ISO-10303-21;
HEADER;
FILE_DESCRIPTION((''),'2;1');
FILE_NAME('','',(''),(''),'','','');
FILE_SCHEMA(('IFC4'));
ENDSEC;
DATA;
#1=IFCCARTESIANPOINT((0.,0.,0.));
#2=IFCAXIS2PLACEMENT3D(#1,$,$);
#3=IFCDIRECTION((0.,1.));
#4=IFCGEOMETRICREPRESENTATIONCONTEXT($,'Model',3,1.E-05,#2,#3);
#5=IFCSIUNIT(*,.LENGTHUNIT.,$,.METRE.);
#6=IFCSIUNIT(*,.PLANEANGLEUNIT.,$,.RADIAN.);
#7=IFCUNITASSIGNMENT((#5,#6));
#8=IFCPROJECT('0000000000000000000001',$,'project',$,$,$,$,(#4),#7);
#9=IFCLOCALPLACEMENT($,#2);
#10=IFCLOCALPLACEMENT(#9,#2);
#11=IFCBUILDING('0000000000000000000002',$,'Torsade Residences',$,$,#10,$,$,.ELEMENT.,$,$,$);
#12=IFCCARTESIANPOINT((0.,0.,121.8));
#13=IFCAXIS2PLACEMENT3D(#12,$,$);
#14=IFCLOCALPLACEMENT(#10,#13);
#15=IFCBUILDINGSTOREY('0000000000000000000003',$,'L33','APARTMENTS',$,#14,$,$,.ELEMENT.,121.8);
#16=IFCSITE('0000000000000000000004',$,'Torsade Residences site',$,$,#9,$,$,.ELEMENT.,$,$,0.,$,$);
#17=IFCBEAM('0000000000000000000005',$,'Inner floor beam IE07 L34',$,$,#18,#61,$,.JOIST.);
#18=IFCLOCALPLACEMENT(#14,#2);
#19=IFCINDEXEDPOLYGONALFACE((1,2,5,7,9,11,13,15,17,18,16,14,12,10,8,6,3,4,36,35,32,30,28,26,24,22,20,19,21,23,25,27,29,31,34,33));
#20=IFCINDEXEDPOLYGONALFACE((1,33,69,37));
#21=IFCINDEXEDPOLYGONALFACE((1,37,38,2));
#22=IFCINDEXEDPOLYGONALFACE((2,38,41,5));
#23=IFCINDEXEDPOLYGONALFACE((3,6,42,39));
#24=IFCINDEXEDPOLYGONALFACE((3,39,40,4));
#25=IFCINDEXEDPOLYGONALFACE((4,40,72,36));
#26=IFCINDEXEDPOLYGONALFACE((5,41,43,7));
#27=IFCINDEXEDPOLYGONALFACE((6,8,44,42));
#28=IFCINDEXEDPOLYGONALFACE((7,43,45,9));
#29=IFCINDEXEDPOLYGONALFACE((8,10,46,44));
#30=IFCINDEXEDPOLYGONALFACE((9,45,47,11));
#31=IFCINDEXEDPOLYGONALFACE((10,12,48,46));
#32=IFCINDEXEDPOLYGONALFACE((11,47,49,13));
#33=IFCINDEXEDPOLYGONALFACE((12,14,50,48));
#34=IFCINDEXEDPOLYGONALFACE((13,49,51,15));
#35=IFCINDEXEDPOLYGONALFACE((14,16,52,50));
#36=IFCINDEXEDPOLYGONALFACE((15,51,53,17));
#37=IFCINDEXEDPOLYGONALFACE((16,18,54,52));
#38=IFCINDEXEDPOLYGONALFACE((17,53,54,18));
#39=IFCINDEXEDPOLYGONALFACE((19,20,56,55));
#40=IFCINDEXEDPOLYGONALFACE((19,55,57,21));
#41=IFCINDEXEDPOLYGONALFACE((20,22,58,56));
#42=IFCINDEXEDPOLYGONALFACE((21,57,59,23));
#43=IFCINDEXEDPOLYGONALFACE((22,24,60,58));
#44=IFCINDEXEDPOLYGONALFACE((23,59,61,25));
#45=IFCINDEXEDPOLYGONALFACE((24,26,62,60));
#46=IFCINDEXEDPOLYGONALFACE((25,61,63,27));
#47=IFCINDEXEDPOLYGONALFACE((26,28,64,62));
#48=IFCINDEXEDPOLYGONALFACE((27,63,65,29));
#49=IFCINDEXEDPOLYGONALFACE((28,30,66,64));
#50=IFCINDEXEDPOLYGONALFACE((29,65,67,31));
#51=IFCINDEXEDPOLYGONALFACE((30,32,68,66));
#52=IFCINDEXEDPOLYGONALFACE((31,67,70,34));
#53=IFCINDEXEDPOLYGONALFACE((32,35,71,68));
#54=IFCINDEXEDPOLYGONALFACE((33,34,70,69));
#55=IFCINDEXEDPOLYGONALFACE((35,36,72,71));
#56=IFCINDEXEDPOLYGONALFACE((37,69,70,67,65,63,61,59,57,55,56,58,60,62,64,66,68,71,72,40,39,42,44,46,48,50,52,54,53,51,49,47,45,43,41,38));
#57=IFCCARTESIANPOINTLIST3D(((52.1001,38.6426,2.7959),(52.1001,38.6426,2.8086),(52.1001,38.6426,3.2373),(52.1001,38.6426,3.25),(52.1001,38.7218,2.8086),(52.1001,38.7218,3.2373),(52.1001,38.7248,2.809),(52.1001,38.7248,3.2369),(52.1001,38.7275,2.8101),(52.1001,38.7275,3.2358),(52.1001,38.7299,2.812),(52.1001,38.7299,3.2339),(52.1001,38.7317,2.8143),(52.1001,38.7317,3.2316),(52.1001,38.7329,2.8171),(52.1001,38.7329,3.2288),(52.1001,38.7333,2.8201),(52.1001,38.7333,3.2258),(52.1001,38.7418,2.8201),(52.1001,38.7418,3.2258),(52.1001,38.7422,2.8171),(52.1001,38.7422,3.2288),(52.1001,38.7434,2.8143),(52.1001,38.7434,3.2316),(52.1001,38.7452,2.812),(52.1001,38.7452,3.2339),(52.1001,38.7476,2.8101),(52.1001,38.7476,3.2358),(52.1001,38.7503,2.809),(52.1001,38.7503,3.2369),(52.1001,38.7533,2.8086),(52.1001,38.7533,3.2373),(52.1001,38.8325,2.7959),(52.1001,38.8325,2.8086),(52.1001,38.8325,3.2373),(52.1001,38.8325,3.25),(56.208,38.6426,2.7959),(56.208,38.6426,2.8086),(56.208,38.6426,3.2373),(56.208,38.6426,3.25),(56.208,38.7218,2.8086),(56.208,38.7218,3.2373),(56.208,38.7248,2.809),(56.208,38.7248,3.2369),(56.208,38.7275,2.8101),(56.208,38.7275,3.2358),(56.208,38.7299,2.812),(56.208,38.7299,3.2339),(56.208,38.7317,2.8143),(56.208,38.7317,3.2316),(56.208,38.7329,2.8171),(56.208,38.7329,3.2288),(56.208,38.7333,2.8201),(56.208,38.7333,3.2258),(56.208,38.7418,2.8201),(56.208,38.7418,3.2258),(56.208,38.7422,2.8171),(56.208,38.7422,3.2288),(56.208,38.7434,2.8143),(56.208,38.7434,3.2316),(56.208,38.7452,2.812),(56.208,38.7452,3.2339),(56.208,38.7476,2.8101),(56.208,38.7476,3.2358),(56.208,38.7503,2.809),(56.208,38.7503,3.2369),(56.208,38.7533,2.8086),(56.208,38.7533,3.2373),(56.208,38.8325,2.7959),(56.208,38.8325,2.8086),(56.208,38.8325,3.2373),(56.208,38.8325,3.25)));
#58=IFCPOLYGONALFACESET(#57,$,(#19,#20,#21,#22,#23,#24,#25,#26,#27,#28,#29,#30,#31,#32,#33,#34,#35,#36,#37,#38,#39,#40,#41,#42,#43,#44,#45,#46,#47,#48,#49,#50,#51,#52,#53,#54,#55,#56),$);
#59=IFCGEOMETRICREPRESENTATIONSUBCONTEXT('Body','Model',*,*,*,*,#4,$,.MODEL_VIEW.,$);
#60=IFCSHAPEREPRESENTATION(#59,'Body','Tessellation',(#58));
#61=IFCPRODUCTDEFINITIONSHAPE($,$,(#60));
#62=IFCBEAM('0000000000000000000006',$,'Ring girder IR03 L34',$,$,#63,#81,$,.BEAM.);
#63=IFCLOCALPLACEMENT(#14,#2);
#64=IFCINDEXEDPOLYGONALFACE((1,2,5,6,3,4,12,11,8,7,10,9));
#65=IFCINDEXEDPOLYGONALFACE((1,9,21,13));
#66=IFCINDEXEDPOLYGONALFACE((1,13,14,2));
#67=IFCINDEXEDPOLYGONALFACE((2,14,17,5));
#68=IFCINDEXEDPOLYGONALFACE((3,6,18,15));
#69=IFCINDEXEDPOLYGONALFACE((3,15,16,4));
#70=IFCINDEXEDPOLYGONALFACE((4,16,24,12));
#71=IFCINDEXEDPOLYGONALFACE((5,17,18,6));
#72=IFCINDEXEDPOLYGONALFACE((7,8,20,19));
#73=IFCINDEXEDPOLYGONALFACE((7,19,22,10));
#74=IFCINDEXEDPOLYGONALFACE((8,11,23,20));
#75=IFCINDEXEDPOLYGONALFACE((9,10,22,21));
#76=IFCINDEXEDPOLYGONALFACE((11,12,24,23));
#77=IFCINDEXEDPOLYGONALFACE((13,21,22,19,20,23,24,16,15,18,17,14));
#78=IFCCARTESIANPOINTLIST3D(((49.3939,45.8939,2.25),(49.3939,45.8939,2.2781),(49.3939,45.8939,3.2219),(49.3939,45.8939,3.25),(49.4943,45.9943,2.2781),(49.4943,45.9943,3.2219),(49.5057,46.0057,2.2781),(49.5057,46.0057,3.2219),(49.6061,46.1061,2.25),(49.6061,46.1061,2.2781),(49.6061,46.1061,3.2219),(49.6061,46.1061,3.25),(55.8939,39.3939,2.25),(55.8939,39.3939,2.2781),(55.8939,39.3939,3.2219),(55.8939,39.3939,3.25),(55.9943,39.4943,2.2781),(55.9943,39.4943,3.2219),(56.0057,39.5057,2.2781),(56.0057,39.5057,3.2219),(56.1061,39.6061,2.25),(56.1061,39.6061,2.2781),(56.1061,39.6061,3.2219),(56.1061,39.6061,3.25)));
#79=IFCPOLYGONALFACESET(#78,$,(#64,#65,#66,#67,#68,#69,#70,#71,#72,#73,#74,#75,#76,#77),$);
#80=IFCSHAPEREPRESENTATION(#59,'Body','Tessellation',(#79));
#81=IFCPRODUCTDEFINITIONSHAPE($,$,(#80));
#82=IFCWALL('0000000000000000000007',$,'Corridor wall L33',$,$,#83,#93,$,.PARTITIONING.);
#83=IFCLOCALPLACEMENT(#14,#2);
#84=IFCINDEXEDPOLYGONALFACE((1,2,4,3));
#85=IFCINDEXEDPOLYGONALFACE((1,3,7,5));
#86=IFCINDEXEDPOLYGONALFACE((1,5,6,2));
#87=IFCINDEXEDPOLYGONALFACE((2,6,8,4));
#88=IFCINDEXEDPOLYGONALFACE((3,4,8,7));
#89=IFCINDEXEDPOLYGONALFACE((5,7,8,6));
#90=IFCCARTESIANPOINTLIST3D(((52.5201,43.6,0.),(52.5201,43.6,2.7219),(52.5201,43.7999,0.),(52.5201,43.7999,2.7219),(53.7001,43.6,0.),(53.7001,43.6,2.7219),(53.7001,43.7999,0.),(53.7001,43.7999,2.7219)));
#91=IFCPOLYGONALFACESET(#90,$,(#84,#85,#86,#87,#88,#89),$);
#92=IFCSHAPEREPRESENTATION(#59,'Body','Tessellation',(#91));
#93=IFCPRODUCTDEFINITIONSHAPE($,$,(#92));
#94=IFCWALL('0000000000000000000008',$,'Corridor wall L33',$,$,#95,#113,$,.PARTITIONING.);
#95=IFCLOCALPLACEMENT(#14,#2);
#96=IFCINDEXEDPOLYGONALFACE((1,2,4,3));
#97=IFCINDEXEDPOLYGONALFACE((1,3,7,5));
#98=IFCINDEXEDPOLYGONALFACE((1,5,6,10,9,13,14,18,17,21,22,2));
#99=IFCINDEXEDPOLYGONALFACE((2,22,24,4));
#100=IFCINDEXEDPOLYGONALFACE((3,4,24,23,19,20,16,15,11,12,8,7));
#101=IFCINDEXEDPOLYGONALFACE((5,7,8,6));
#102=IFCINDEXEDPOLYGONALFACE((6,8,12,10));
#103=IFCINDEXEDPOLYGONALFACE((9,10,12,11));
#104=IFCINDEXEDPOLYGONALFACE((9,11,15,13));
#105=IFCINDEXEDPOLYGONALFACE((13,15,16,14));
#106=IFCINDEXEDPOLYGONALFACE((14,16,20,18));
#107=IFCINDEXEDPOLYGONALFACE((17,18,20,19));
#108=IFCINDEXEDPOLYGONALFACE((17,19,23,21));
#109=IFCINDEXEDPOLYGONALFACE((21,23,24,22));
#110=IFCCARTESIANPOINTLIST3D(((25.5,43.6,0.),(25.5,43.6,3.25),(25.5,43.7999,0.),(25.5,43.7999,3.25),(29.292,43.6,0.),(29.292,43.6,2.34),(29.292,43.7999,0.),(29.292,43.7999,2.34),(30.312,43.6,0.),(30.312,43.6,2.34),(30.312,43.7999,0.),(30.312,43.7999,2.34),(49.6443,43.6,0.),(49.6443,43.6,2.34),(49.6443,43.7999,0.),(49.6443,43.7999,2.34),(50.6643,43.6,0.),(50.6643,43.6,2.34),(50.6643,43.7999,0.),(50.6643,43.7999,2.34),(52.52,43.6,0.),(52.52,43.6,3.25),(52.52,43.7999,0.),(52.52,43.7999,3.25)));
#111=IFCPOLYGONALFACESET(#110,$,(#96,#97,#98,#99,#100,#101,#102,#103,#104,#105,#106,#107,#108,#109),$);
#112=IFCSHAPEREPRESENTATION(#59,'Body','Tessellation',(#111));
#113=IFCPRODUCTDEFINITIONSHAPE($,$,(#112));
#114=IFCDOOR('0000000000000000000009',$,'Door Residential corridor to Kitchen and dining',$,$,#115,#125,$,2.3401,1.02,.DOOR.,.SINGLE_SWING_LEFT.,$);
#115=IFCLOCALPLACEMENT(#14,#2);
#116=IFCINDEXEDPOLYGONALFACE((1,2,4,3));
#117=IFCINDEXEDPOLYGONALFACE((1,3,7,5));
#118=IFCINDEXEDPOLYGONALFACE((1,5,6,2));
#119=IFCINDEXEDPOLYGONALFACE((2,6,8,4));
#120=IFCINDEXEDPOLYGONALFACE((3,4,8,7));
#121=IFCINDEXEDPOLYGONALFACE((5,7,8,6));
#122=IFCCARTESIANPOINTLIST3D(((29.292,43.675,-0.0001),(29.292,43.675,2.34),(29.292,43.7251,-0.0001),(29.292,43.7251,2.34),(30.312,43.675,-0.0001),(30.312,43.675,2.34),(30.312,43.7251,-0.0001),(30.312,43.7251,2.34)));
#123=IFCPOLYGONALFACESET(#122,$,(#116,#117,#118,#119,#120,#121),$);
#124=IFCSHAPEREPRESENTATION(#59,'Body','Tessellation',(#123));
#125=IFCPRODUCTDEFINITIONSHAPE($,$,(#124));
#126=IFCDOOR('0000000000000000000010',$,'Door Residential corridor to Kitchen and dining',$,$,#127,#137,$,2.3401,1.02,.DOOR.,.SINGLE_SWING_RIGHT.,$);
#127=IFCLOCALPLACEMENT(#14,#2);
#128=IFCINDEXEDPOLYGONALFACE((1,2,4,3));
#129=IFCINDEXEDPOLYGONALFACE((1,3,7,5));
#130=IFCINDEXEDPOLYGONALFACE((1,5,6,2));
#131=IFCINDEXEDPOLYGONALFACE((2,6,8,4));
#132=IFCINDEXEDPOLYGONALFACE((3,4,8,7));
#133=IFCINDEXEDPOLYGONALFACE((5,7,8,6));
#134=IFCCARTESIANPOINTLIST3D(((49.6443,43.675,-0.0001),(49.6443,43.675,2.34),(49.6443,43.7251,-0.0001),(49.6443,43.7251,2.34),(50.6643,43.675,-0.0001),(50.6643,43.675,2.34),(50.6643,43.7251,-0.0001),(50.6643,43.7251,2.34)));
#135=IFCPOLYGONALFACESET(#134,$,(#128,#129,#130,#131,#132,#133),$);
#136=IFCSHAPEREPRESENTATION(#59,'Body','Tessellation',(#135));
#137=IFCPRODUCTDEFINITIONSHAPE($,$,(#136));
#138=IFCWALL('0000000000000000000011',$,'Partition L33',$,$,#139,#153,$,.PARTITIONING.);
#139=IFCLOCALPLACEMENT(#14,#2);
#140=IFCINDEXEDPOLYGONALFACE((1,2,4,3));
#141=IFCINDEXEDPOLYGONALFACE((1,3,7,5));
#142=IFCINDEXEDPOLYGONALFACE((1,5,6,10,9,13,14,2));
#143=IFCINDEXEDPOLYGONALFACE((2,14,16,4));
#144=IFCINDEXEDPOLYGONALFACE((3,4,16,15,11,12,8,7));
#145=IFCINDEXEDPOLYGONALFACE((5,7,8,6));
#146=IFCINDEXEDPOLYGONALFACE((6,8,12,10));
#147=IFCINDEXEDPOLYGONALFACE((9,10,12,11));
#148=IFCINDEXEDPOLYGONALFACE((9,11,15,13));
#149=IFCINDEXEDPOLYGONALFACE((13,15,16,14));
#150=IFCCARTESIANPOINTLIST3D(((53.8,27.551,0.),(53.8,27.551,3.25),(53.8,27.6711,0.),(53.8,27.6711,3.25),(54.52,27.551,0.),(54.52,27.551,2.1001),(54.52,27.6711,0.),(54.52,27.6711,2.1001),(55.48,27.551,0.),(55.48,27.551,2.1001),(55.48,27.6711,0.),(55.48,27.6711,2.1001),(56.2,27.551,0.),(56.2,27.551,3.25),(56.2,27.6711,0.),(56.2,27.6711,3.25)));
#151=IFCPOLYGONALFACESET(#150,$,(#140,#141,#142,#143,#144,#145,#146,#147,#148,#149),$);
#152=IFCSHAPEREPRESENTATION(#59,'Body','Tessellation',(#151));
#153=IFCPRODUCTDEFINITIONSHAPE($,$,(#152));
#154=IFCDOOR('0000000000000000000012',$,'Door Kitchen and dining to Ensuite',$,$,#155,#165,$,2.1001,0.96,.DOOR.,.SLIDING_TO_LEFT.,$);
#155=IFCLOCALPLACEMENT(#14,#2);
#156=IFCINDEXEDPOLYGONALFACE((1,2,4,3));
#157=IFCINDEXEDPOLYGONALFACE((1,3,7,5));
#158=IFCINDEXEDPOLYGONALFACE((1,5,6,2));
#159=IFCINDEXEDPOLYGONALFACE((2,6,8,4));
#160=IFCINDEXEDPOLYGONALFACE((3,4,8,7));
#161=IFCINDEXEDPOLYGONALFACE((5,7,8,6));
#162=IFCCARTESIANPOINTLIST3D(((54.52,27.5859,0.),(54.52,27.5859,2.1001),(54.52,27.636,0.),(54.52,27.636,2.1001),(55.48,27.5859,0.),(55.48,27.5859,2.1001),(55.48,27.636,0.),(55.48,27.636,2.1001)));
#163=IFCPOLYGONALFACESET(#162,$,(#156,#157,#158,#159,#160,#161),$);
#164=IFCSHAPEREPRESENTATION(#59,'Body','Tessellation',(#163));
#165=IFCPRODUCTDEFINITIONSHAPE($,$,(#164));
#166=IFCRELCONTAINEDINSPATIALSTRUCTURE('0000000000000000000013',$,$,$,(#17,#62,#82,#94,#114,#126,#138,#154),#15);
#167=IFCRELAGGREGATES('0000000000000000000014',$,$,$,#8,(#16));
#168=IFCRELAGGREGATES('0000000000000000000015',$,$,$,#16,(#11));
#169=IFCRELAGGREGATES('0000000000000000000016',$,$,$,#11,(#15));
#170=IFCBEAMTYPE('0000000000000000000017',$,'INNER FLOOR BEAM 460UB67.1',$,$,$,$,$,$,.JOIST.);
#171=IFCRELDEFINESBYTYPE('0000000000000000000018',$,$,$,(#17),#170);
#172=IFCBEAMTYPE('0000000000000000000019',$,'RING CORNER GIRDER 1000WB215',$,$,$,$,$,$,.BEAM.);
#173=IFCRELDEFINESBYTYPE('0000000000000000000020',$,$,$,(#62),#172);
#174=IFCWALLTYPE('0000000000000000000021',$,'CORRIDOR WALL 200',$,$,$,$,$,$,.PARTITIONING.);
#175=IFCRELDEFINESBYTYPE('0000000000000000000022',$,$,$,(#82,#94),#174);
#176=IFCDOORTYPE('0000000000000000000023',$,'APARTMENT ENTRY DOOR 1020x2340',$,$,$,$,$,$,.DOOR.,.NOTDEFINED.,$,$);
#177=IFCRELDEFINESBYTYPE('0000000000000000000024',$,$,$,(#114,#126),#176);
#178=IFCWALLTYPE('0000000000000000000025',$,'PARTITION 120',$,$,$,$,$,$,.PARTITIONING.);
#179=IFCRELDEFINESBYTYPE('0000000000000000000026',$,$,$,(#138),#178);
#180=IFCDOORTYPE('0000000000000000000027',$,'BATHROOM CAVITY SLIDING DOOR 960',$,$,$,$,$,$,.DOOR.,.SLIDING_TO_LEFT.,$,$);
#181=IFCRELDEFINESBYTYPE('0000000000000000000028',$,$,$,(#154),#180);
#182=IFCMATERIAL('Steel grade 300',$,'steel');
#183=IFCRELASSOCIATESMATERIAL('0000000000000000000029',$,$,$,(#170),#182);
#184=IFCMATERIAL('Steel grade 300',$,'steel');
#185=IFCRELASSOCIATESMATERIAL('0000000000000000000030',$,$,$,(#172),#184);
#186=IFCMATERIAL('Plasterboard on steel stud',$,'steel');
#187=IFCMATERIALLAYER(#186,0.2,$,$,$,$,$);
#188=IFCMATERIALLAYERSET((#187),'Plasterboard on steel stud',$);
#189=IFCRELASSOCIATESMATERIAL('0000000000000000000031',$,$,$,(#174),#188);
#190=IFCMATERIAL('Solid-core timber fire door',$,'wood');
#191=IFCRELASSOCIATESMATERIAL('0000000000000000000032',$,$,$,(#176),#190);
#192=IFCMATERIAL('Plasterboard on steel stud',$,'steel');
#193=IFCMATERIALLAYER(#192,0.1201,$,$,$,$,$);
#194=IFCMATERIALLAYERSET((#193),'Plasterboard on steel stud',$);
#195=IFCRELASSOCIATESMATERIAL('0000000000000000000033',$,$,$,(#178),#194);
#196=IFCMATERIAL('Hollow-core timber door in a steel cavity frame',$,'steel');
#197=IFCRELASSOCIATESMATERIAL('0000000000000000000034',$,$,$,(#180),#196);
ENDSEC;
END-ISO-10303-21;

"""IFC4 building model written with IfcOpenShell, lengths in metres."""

from ifc_helpers import new_model, si_unit, direction, frame, frame_2d, origin, origin_2d, place, context, subcontext, project, spatial, rectangle, i_section, extrude, material, layer, layer_set, material_profile, profile_set, type_object, element, fill, save


model = new_model("IFC4")

# Units and contexts
model_context = context("Model", 3, precision=1e-05, world=origin(), true_north=direction((0.0, 1.0)))
body_context = subcontext(model_context, "Body", "Model", "MODEL_VIEW")
ifc_project = project(units=[si_unit("LENGTHUNIT", "METRE"), si_unit("PLANEANGLEUNIT", "RADIAN")], contexts=[model_context])

# Site, building, storey
site_placement = place(None, origin())
site = spatial("IfcSite", under=ifc_project, at=site_placement, Name="Torsade Residences site", CompositionType="ELEMENT", RefElevation=0.0)
building_placement = place(site_placement, origin())
building = spatial("IfcBuilding", under=site, at=building_placement, Name="Torsade Residences", CompositionType="ELEMENT")
storey_placement = place(building_placement, frame((0.0, 0.0, 121.8)))
storey = spatial("IfcBuildingStorey", under=building, at=storey_placement, Name="L33", Description="APARTMENTS", CompositionType="ELEMENT", Elevation=121.8)

# Beams
ifc_material_1 = material(Name="Steel grade 300", Category="steel")
ifc_material_profile_1 = material_profile(ifc_material_1, i_section(OverallWidth=0.1899, OverallDepth=0.4541, WebThickness=0.0085, FlangeThickness=0.0127, FilletRadius=0.0115, at=origin_2d()), Name="460UB67.1")
ifc_profile_set_1 = profile_set([ifc_material_profile_1], Name="Steel grade 300")
beam_type_1 = type_object("IfcBeamType", Name="INNER FLOOR BEAM 460UB67.1", PredefinedType="JOIST", material=ifc_profile_set_1)
beam_1_placement = place(storey_placement, frame((52.1001, 38.7375, 3.0229), z_axis=(1.0, 0.0, 0.0), x_axis=(0.0, 1.0, 0.0)))
element("IfcBeam", 1, at=beam_1_placement, inside=storey, type_object=beam_type_1, Name="Inner floor beam IE07 L34", PredefinedType="JOIST", context=body_context, shape_type="SweptSolid", body=[
    extrude(i_section(OverallWidth=0.1899, OverallDepth=0.4541, WebThickness=0.0085, FlangeThickness=0.0127, FilletRadius=0.0115, at=origin_2d()), origin(), (0.0, 0.0, 1.0), 4.1079),
])
ifc_material_2 = material(Name="Steel grade 300", Category="steel")
ifc_material_profile_2 = material_profile(ifc_material_2, i_section(OverallWidth=0.3, OverallDepth=1.0, WebThickness=0.0161, FlangeThickness=0.0281, at=origin_2d()), Name="1000WB215")
ifc_profile_set_2 = profile_set([ifc_material_profile_2], Name="Steel grade 300")
beam_type_2 = type_object("IfcBeamType", Name="RING CORNER GIRDER 1000WB215", PredefinedType="BEAM", material=ifc_profile_set_2)
beam_2_placement = place(storey_placement, frame((56.0, 39.5, 2.75), z_axis=(-0.707107, 0.707107, 0.0), x_axis=(-0.707107, -0.707107, 0.0)))
element("IfcBeam", 2, at=beam_2_placement, inside=storey, type_object=beam_type_2, Name="Ring girder IR03 L34", PredefinedType="BEAM", context=body_context, shape_type="SweptSolid", body=[
    extrude(i_section(OverallWidth=0.3, OverallDepth=1.0, WebThickness=0.0161, FlangeThickness=0.0281, at=origin_2d()), origin(), (0.0, 0.0, 1.0), 9.1924),
])

# Wall
ifc_material_3 = material(Name="Plasterboard on steel stud", Category="steel")
ifc_layer_1 = layer(ifc_material_3, 0.2)
ifc_layer_set_1 = layer_set([ifc_layer_1], Name="Plasterboard on steel stud")
wall_type_1 = type_object("IfcWallType", Name="CORRIDOR WALL 200", PredefinedType="PARTITIONING", material=ifc_layer_set_1)
wall_1_placement = place(storey_placement, frame((53.7, 43.7, 0.0), z_axis=(0.0, 0.0, 1.0), x_axis=(-1.0, 0.0, 0.0)))
element("IfcWall", 3, at=wall_1_placement, inside=storey, type_object=wall_type_1, Name="Corridor wall L33", PredefinedType="PARTITIONING", context=body_context, shape_type="SweptSolid", body=[
    extrude(rectangle(XDim=1.1799, YDim=0.2, at=frame_2d((0.5898, 0.0))), origin(), (0.0, 0.0, 1.0), 2.7219),
])

# Wall, openings, doors
wall_2_placement = place(storey_placement, frame((52.52, 43.7, 0.0), z_axis=(0.0, 0.0, 1.0), x_axis=(-1.0, 0.0, 0.0)))
wall_2 = element("IfcWall", 4, at=wall_2_placement, inside=storey, type_object=wall_type_1, Name="Corridor wall L33", PredefinedType="PARTITIONING", context=body_context, shape_type="SweptSolid", body=[
    extrude(rectangle(XDim=27.02, YDim=0.2, at=frame_2d((13.51, 0.0))), origin(), (0.0, 0.0, 1.0), 3.25),
])
opening_1_placement = place(wall_2_placement, frame((22.208, 0.0, 0.0)))
opening_1 = element("IfcOpeningElement", 5, at=opening_1_placement, cuts=wall_2, PredefinedType="OPENING", context=body_context, shape_type="SweptSolid", body=[
    extrude(rectangle(XDim=1.02, YDim=2.3401, at=frame_2d((0.51, 1.1699))), frame((0.0, 0.1099, 0.0), z_axis=(0.0, -1.0, 0.0), x_axis=(1.0, 0.0, 0.0)), (0.0, 0.0, 1.0), 0.22),
])
opening_2_placement = place(wall_2_placement, frame((1.8557, 0.0, 0.0)))
opening_2 = element("IfcOpeningElement", 6, at=opening_2_placement, cuts=wall_2, PredefinedType="OPENING", context=body_context, shape_type="SweptSolid", body=[
    extrude(rectangle(XDim=1.02, YDim=2.3401, at=frame_2d((0.51, 1.1699))), frame((0.0, 0.1099, 0.0), z_axis=(0.0, -1.0, 0.0), x_axis=(1.0, 0.0, 0.0)), (0.0, 0.0, 1.0), 0.22),
])
ifc_material_4 = material(Name="Solid-core timber fire door", Category="wood")
door_type_1 = type_object("IfcDoorType", Name="APARTMENT ENTRY DOOR 1020x2340", OperationType="NOTDEFINED", PredefinedType="DOOR", material=ifc_material_4)
door_1_placement = place(opening_1_placement, origin())
door_1 = element("IfcDoor", 7, at=door_1_placement, inside=storey, type_object=door_type_1, Name="Door Residential corridor to Kitchen and dining", OperationType="SINGLE_SWING_LEFT", OverallHeight=2.3401, OverallWidth=1.02, PredefinedType="DOOR", context=body_context, shape_type="SweptSolid", body=[
    extrude(rectangle(XDim=1.02, YDim=2.3401, at=frame_2d((0.51, 1.1699))), frame((0.0, 0.0249, 0.0), z_axis=(0.0, -1.0, 0.0), x_axis=(1.0, 0.0, 0.0)), (0.0, 0.0, 1.0), 0.05),
])
fill(opening_1, door_1)
door_2_placement = place(opening_2_placement, origin())
door_2 = element("IfcDoor", 8, at=door_2_placement, inside=storey, type_object=door_type_1, Name="Door Residential corridor to Kitchen and dining", OperationType="SINGLE_SWING_RIGHT", OverallHeight=2.3401, OverallWidth=1.02, PredefinedType="DOOR", context=body_context, shape_type="SweptSolid", body=[
    extrude(rectangle(XDim=1.02, YDim=2.3401, at=frame_2d((0.51, 1.1699))), frame((0.0, 0.0249, 0.0), z_axis=(0.0, -1.0, 0.0), x_axis=(1.0, 0.0, 0.0)), (0.0, 0.0, 1.0), 0.05),
])
fill(opening_2, door_2)

# Wall, opening, door
ifc_material_5 = material(Name="Plasterboard on steel stud", Category="steel")
ifc_layer_2 = layer(ifc_material_5, 0.1201)
ifc_layer_set_2 = layer_set([ifc_layer_2], Name="Plasterboard on steel stud")
wall_type_2 = type_object("IfcWallType", Name="PARTITION 120", PredefinedType="PARTITIONING", material=ifc_layer_set_2)
wall_3_placement = place(storey_placement, frame((53.8, 27.6111, 0.0), z_axis=(0.0, 0.0, 1.0), x_axis=(1.0, 0.0, 0.0)))
wall_3 = element("IfcWall", 9, at=wall_3_placement, inside=storey, type_object=wall_type_2, Name="Partition L33", PredefinedType="PARTITIONING", context=body_context, shape_type="SweptSolid", body=[
    extrude(rectangle(XDim=2.3999, YDim=0.1201, at=frame_2d((1.2, 0.0))), origin(), (0.0, 0.0, 1.0), 3.25),
])
opening_3_placement = place(wall_3_placement, frame((0.72, 0.0, 0.0)))
opening_3 = element("IfcOpeningElement", 10, at=opening_3_placement, cuts=wall_3, PredefinedType="OPENING", context=body_context, shape_type="SweptSolid", body=[
    extrude(rectangle(XDim=0.96, YDim=2.1001, at=frame_2d((0.48, 1.05))), frame((0.0, 0.0701, 0.0), z_axis=(0.0, -1.0, 0.0), x_axis=(1.0, 0.0, 0.0)), (0.0, 0.0, 1.0), 0.1401),
])
ifc_material_6 = material(Name="Hollow-core timber door in a steel cavity frame", Category="steel")
door_type_2 = type_object("IfcDoorType", Name="BATHROOM CAVITY SLIDING DOOR 960", OperationType="SLIDING_TO_LEFT", PredefinedType="DOOR", material=ifc_material_6)
door_3_placement = place(opening_3_placement, origin())
door_3 = element("IfcDoor", 11, at=door_3_placement, inside=storey, type_object=door_type_2, Name="Door Kitchen and dining to Ensuite", OperationType="SLIDING_TO_LEFT", OverallHeight=2.1001, OverallWidth=0.96, PredefinedType="DOOR", context=body_context, shape_type="SweptSolid", body=[
    extrude(rectangle(XDim=0.96, YDim=2.1001, at=frame_2d((0.48, 1.05))), frame((0.0, 0.0249, 0.0), z_axis=(0.0, -1.0, 0.0), x_axis=(1.0, 0.0, 0.0)), (0.0, 0.0, 1.0), 0.05),
])
fill(opening_3, door_3)

save(model, "model.ifc")
